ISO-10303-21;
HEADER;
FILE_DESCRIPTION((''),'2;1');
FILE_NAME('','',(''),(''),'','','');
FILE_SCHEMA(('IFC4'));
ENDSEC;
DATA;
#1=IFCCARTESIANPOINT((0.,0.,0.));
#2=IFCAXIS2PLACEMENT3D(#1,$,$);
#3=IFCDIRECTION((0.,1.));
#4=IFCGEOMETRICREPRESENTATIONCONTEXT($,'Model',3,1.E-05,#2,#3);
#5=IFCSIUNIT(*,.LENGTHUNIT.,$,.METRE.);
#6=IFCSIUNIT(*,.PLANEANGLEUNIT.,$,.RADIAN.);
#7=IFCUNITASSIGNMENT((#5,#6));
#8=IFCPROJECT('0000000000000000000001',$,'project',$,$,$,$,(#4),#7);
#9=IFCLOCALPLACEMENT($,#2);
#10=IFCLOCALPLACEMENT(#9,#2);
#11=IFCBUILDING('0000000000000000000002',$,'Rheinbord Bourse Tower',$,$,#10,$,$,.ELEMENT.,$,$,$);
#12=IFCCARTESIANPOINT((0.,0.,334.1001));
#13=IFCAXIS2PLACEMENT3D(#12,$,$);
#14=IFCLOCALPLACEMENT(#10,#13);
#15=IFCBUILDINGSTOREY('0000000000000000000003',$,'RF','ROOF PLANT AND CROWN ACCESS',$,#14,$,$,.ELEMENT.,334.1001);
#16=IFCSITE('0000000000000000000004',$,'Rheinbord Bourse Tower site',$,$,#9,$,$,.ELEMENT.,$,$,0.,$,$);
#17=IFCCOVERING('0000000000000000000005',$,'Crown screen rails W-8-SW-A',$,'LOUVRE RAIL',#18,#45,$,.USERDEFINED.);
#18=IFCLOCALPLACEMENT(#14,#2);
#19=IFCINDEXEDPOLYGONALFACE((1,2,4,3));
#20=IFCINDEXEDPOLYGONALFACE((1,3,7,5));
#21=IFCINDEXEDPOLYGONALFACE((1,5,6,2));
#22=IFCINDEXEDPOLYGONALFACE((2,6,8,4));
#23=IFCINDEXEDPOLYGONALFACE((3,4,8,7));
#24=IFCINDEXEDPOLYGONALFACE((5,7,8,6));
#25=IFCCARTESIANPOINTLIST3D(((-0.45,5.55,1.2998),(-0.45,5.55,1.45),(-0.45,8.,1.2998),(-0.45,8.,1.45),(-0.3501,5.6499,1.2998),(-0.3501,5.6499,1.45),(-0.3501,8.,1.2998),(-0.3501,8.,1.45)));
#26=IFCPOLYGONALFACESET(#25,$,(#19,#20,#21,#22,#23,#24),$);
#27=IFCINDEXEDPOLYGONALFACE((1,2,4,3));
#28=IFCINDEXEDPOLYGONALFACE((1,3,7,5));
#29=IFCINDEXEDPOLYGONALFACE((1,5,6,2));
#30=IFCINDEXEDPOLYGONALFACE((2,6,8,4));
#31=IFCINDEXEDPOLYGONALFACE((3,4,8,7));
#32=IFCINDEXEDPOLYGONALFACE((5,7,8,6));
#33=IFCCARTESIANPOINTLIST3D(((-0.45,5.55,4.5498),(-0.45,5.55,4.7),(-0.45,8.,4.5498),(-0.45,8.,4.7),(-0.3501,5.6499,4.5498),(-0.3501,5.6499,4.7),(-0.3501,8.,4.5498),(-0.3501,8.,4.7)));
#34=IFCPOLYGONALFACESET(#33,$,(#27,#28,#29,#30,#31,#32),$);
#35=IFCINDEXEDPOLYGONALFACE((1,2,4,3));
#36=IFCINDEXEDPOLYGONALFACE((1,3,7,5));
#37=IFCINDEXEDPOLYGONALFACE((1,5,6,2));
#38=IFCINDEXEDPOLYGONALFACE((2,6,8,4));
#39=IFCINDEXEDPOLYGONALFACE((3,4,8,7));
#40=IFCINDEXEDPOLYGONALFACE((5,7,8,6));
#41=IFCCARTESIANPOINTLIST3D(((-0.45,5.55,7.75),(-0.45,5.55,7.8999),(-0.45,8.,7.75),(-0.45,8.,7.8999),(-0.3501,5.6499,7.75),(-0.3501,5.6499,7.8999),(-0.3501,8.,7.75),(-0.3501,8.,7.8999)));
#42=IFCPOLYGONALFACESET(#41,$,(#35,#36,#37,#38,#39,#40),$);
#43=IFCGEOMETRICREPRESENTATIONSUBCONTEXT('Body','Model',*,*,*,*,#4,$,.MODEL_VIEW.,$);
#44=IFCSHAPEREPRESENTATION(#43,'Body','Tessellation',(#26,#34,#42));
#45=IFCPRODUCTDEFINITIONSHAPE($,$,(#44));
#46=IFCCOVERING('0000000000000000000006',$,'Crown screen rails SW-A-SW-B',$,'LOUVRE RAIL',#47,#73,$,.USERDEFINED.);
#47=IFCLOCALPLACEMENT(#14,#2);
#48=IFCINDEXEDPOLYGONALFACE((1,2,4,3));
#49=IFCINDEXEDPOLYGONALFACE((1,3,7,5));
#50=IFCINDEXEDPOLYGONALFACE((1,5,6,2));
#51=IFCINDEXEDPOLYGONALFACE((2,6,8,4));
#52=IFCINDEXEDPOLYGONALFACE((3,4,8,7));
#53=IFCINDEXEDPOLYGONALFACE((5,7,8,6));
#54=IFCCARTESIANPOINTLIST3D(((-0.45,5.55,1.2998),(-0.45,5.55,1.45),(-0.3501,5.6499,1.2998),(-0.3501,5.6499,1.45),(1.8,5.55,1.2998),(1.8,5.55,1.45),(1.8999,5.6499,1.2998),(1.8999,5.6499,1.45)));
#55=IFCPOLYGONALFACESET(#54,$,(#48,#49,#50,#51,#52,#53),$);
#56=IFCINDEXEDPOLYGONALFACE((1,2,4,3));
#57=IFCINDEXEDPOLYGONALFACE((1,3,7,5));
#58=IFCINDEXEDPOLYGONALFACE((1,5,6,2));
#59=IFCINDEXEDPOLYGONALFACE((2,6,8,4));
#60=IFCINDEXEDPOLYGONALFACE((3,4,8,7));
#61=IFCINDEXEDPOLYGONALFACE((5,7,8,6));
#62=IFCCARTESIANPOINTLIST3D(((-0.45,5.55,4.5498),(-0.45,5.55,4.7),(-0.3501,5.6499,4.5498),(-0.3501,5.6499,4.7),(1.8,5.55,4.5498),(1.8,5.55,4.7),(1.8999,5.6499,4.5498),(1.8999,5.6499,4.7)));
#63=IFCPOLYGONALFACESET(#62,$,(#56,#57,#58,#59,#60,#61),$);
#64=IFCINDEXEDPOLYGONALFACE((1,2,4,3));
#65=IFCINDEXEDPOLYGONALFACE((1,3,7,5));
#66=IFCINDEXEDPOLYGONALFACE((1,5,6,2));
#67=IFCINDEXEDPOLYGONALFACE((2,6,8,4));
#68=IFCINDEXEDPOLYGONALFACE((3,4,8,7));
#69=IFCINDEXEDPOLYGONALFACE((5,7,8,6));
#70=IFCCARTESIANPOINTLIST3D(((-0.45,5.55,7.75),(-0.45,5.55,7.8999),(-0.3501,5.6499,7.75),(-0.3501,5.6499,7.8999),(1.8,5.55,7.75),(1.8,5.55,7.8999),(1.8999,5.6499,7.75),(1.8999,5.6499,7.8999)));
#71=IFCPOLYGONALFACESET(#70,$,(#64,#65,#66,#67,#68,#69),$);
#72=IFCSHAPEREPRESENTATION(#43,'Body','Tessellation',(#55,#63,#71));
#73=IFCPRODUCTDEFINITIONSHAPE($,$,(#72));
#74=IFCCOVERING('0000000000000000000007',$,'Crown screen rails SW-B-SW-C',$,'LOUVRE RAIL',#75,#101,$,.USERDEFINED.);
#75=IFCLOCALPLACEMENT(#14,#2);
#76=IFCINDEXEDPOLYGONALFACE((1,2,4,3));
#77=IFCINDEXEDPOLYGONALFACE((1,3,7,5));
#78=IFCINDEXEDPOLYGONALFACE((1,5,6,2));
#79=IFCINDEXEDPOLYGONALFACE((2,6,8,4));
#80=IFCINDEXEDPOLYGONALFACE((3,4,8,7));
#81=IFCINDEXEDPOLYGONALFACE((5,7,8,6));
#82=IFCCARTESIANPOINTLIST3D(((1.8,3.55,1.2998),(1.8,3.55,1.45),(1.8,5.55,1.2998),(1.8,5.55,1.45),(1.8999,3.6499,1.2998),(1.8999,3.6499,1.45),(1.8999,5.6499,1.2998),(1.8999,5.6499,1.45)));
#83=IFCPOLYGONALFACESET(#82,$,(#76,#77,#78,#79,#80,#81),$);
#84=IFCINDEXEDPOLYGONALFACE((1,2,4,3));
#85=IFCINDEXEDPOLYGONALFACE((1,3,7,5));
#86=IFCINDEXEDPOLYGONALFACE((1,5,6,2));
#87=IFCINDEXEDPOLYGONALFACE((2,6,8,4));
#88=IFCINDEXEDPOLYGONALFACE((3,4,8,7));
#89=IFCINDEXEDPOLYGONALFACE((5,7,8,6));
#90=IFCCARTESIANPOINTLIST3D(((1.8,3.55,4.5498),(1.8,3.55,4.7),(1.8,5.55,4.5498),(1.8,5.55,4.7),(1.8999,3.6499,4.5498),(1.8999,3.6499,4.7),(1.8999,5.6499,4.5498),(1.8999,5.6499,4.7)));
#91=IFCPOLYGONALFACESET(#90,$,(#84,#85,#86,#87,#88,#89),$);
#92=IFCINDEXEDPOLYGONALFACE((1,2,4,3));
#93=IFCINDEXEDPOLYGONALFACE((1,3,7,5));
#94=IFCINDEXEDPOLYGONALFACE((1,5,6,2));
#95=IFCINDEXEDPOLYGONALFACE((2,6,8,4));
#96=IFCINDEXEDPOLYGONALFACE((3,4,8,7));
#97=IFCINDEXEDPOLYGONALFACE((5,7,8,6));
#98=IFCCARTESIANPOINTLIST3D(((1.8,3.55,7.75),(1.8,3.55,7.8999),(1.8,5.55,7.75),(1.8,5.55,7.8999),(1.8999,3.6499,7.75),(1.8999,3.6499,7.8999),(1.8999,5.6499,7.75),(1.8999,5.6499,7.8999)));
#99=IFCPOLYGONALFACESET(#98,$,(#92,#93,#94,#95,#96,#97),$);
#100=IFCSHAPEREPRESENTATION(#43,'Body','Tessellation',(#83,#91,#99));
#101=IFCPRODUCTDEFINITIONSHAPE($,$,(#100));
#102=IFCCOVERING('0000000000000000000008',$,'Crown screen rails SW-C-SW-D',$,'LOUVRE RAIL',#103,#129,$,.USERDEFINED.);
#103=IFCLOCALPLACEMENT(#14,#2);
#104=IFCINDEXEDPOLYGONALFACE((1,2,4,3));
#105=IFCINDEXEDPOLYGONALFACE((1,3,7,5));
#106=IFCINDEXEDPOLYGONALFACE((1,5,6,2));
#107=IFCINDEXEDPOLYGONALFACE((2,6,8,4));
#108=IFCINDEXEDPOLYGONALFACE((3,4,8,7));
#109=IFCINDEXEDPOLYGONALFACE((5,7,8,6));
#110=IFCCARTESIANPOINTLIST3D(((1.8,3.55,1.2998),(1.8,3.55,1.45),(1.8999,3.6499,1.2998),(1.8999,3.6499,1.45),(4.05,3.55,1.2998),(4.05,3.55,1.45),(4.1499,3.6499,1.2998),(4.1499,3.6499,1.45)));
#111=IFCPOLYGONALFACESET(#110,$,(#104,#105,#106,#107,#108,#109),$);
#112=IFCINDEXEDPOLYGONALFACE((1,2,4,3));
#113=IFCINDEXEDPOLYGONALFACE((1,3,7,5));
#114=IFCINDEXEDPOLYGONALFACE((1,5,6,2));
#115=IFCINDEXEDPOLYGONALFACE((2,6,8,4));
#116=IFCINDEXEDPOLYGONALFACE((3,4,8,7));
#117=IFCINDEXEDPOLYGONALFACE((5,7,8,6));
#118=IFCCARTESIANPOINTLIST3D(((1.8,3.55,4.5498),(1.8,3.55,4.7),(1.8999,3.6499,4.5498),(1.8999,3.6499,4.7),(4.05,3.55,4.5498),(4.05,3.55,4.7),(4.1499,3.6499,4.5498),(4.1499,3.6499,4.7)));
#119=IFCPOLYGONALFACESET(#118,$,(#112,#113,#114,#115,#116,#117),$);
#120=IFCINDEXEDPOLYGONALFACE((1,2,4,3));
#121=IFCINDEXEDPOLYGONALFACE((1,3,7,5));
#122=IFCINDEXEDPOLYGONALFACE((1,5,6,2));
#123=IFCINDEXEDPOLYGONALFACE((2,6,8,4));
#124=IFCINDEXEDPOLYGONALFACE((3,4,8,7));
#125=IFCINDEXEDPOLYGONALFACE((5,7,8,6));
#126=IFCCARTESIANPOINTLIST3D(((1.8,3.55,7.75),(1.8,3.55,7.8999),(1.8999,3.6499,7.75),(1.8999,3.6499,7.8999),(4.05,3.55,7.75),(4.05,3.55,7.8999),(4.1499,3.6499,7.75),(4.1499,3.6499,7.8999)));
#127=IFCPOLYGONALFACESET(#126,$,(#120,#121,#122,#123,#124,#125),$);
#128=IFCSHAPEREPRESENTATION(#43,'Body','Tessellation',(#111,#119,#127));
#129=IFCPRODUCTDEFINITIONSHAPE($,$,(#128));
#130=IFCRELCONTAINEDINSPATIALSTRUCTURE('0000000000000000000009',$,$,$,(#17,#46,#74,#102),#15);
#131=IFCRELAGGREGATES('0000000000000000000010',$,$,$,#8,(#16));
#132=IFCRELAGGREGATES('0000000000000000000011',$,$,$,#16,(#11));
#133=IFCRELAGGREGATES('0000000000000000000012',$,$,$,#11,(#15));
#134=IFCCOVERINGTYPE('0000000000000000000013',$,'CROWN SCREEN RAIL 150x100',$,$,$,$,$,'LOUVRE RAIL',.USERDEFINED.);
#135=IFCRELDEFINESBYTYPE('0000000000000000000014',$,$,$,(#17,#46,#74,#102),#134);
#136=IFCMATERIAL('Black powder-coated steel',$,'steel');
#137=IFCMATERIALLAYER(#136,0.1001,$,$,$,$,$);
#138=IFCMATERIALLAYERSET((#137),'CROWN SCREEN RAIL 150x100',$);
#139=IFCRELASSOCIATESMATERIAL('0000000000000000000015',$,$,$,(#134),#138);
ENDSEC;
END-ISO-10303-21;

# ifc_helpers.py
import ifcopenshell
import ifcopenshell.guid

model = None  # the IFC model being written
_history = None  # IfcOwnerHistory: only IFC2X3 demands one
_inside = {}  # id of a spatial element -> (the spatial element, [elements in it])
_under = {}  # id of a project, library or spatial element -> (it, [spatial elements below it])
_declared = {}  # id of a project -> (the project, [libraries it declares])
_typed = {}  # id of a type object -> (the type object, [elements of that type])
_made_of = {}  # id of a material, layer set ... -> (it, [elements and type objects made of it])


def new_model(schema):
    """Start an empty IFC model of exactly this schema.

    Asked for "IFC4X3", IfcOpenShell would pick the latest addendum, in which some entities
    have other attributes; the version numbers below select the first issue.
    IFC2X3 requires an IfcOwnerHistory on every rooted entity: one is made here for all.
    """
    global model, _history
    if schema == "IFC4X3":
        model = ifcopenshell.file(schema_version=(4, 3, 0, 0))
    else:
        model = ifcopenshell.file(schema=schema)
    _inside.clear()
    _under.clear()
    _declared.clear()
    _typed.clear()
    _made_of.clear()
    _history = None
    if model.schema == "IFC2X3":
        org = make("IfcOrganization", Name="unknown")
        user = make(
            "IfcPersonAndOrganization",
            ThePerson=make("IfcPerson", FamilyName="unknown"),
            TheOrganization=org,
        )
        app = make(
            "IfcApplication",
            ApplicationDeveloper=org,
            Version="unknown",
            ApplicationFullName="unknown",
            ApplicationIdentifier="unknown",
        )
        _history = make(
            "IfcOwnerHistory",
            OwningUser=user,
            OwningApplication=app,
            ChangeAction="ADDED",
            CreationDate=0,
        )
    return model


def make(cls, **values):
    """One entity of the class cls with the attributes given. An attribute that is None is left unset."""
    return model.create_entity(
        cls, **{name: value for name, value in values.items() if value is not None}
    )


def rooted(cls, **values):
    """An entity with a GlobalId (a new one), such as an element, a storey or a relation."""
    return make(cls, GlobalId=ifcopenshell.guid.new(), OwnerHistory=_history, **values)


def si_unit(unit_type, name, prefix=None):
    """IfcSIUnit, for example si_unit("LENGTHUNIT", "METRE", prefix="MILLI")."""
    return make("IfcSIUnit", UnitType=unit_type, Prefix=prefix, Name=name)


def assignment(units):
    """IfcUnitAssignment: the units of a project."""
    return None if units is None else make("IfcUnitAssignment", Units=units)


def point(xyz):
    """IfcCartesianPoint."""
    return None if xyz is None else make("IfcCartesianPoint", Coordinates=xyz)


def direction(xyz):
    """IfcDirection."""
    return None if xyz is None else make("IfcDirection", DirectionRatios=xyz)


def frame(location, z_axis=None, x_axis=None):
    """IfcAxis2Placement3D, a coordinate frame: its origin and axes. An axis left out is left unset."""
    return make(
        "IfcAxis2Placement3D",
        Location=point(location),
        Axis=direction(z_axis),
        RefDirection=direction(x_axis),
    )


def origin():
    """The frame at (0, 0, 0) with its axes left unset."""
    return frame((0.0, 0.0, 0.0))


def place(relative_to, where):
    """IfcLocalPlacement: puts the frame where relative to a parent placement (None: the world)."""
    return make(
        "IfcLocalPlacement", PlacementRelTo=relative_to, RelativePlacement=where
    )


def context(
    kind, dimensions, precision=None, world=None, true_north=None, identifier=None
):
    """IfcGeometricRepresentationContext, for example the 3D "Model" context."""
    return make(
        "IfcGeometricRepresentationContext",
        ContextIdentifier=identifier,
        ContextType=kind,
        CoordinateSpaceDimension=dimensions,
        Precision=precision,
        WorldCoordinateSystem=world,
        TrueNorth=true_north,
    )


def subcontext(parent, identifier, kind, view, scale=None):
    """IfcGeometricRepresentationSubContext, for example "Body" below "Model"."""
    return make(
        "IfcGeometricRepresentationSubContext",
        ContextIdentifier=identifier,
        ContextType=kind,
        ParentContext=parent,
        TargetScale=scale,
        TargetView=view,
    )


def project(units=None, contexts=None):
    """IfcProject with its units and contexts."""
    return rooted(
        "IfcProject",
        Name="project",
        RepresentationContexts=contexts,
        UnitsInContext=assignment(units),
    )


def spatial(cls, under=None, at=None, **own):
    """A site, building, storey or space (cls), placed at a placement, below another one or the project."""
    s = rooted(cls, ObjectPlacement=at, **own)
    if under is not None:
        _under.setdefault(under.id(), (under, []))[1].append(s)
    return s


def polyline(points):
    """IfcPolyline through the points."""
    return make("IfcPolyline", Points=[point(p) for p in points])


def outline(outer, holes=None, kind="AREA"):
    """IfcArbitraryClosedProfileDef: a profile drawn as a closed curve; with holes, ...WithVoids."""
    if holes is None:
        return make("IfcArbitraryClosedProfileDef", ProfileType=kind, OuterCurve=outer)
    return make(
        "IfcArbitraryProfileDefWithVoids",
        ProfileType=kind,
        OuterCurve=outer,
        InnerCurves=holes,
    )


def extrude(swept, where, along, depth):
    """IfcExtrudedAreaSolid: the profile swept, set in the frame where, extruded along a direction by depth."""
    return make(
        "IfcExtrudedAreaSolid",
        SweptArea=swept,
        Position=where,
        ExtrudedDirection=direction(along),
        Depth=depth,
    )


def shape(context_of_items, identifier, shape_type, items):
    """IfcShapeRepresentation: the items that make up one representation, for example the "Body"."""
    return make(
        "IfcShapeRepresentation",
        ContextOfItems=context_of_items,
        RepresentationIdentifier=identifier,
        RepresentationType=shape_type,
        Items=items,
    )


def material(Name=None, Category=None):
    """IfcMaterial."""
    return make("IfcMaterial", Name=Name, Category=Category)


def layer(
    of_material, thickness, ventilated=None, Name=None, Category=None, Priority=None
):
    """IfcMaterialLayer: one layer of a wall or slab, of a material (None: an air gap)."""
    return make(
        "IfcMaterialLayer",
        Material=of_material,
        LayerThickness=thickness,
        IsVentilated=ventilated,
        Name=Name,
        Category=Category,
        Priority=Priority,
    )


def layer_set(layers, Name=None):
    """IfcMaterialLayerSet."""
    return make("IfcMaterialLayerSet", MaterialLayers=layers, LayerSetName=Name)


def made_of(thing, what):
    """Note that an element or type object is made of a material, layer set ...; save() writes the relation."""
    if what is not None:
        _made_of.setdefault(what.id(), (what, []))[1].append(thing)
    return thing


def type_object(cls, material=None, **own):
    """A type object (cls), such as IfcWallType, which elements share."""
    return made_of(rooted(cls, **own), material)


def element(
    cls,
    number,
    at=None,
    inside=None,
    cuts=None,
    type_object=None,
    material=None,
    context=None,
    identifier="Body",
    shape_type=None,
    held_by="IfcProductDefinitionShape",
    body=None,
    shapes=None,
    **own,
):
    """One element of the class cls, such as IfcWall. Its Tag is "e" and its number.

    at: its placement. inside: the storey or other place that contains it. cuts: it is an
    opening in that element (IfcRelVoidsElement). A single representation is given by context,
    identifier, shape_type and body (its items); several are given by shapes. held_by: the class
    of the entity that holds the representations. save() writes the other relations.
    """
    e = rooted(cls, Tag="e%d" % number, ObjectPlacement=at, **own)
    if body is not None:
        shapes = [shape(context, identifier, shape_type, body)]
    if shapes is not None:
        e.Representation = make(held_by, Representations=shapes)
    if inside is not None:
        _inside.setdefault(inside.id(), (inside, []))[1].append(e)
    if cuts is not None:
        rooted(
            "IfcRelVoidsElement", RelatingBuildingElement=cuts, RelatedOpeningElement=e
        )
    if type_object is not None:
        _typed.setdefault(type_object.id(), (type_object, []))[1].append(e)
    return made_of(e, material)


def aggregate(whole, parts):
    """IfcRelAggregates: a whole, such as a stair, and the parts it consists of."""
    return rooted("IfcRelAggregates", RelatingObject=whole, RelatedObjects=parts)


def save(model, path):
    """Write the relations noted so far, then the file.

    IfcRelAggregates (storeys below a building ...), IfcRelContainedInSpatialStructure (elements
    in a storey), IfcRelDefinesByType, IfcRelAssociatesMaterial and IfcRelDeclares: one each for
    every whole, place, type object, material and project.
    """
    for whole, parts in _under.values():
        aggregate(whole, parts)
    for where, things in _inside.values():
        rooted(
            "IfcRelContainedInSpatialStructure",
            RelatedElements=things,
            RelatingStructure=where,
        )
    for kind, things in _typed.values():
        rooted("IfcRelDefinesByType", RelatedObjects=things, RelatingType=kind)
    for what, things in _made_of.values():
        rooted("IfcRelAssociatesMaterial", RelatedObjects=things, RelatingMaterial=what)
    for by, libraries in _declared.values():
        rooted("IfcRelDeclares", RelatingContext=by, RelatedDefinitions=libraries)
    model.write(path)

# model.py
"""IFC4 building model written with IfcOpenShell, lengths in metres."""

from ifc_helpers import new_model, si_unit, direction, frame, origin, place, context, subcontext, project, spatial, polyline, outline, extrude, material, layer, layer_set, type_object, element, save


model = new_model("IFC4")

# Units and contexts
model_context = context("Model", 3, precision=1e-05, world=origin(), true_north=direction((0.0, 1.0)))
body_context = subcontext(model_context, "Body", "Model", "MODEL_VIEW")
ifc_project = project(units=[si_unit("LENGTHUNIT", "METRE"), si_unit("PLANEANGLEUNIT", "RADIAN")], contexts=[model_context])

# Site, building, storey
site_placement = place(None, origin())
site = spatial("IfcSite", under=ifc_project, at=site_placement, Name="Rheinbord Bourse Tower site", CompositionType="ELEMENT", RefElevation=0.0)
building_placement = place(site_placement, origin())
building = spatial("IfcBuilding", under=site, at=building_placement, Name="Rheinbord Bourse Tower", CompositionType="ELEMENT")
storey_placement = place(building_placement, frame((0.0, 0.0, 334.1001)))
storey = spatial("IfcBuildingStorey", under=building, at=storey_placement, Name="RF", Description="ROOF PLANT AND CROWN ACCESS", CompositionType="ELEMENT", Elevation=334.1001)

# Coverings
ifc_material_1 = material(Name="Black powder-coated steel", Category="steel")
ifc_layer_1 = layer(ifc_material_1, 0.1001)
ifc_layer_set_1 = layer_set([ifc_layer_1], Name="CROWN SCREEN RAIL 150x100")
covering_type_1 = type_object("IfcCoveringType", Name="CROWN SCREEN RAIL 150x100", ElementType="LOUVRE RAIL", PredefinedType="USERDEFINED", material=ifc_layer_set_1)
covering_1_placement = place(storey_placement, frame((0.0, 0.0, 1.2998)))
element("IfcCovering", 1, at=covering_1_placement, inside=storey, type_object=covering_type_1, Name="Crown screen rails W-8-SW-A", ObjectType="LOUVRE RAIL", PredefinedType="USERDEFINED", context=body_context, shape_type="SweptSolid", body=[
    extrude(outline(polyline([(-0.3501, 8.0), (-0.3501, 5.6499), (-0.45, 5.55), (-0.45, 8.0), (-0.3501, 8.0)])), origin(), (0.0, 0.0, 1.0), 0.1501),
    extrude(outline(polyline([(-0.3501, 8.0), (-0.3501, 5.6499), (-0.45, 5.55), (-0.45, 8.0), (-0.3501, 8.0)])), frame((0.0, 0.0, 3.25)), (0.0, 0.0, 1.0), 0.1501),
    extrude(outline(polyline([(-0.3501, 8.0), (-0.3501, 5.6499), (-0.45, 5.55), (-0.45, 8.0), (-0.3501, 8.0)])), frame((0.0, 0.0, 6.4502)), (0.0, 0.0, 1.0), 0.1499),
])
covering_2_placement = place(storey_placement, frame((0.0, 0.0, 1.2998)))
element("IfcCovering", 2, at=covering_2_placement, inside=storey, type_object=covering_type_1, Name="Crown screen rails SW-A-SW-B", ObjectType="LOUVRE RAIL", PredefinedType="USERDEFINED", context=body_context, shape_type="SweptSolid", body=[
    extrude(outline(polyline([(-0.3501, 5.6499), (1.8999, 5.6499), (1.8, 5.55), (-0.45, 5.55), (-0.3501, 5.6499)])), origin(), (0.0, 0.0, 1.0), 0.1501),
    extrude(outline(polyline([(-0.3501, 5.6499), (1.8999, 5.6499), (1.8, 5.55), (-0.45, 5.55), (-0.3501, 5.6499)])), frame((0.0, 0.0, 3.25)), (0.0, 0.0, 1.0), 0.1501),
    extrude(outline(polyline([(-0.3501, 5.6499), (1.8999, 5.6499), (1.8, 5.55), (-0.45, 5.55), (-0.3501, 5.6499)])), frame((0.0, 0.0, 6.4502)), (0.0, 0.0, 1.0), 0.1499),
])
covering_3_placement = place(storey_placement, frame((0.0, 0.0, 1.2998)))
element("IfcCovering", 3, at=covering_3_placement, inside=storey, type_object=covering_type_1, Name="Crown screen rails SW-B-SW-C", ObjectType="LOUVRE RAIL", PredefinedType="USERDEFINED", context=body_context, shape_type="SweptSolid", body=[
    extrude(outline(polyline([(1.8999, 5.6499), (1.8999, 3.6499), (1.8, 3.55), (1.8, 5.55), (1.8999, 5.6499)])), origin(), (0.0, 0.0, 1.0), 0.1501),
    extrude(outline(polyline([(1.8999, 5.6499), (1.8999, 3.6499), (1.8, 3.55), (1.8, 5.55), (1.8999, 5.6499)])), frame((0.0, 0.0, 3.25)), (0.0, 0.0, 1.0), 0.1501),
    extrude(outline(polyline([(1.8999, 5.6499), (1.8999, 3.6499), (1.8, 3.55), (1.8, 5.55), (1.8999, 5.6499)])), frame((0.0, 0.0, 6.4502)), (0.0, 0.0, 1.0), 0.1499),
])
covering_4_placement = place(storey_placement, frame((0.0, 0.0, 1.2998)))
element("IfcCovering", 4, at=covering_4_placement, inside=storey, type_object=covering_type_1, Name="Crown screen rails SW-C-SW-D", ObjectType="LOUVRE RAIL", PredefinedType="USERDEFINED", context=body_context, shape_type="SweptSolid", body=[
    extrude(outline(polyline([(1.8999, 3.6499), (4.1499, 3.6499), (4.05, 3.55), (1.8, 3.55), (1.8999, 3.6499)])), origin(), (0.0, 0.0, 1.0), 0.1501),
    extrude(outline(polyline([(1.8999, 3.6499), (4.1499, 3.6499), (4.05, 3.55), (1.8, 3.55), (1.8999, 3.6499)])), frame((0.0, 0.0, 3.25)), (0.0, 0.0, 1.0), 0.1501),
    extrude(outline(polyline([(1.8999, 3.6499), (4.1499, 3.6499), (4.05, 3.55), (1.8, 3.55), (1.8999, 3.6499)])), frame((0.0, 0.0, 6.4502)), (0.0, 0.0, 1.0), 0.1499),
])

save(model, "model.ifc")
